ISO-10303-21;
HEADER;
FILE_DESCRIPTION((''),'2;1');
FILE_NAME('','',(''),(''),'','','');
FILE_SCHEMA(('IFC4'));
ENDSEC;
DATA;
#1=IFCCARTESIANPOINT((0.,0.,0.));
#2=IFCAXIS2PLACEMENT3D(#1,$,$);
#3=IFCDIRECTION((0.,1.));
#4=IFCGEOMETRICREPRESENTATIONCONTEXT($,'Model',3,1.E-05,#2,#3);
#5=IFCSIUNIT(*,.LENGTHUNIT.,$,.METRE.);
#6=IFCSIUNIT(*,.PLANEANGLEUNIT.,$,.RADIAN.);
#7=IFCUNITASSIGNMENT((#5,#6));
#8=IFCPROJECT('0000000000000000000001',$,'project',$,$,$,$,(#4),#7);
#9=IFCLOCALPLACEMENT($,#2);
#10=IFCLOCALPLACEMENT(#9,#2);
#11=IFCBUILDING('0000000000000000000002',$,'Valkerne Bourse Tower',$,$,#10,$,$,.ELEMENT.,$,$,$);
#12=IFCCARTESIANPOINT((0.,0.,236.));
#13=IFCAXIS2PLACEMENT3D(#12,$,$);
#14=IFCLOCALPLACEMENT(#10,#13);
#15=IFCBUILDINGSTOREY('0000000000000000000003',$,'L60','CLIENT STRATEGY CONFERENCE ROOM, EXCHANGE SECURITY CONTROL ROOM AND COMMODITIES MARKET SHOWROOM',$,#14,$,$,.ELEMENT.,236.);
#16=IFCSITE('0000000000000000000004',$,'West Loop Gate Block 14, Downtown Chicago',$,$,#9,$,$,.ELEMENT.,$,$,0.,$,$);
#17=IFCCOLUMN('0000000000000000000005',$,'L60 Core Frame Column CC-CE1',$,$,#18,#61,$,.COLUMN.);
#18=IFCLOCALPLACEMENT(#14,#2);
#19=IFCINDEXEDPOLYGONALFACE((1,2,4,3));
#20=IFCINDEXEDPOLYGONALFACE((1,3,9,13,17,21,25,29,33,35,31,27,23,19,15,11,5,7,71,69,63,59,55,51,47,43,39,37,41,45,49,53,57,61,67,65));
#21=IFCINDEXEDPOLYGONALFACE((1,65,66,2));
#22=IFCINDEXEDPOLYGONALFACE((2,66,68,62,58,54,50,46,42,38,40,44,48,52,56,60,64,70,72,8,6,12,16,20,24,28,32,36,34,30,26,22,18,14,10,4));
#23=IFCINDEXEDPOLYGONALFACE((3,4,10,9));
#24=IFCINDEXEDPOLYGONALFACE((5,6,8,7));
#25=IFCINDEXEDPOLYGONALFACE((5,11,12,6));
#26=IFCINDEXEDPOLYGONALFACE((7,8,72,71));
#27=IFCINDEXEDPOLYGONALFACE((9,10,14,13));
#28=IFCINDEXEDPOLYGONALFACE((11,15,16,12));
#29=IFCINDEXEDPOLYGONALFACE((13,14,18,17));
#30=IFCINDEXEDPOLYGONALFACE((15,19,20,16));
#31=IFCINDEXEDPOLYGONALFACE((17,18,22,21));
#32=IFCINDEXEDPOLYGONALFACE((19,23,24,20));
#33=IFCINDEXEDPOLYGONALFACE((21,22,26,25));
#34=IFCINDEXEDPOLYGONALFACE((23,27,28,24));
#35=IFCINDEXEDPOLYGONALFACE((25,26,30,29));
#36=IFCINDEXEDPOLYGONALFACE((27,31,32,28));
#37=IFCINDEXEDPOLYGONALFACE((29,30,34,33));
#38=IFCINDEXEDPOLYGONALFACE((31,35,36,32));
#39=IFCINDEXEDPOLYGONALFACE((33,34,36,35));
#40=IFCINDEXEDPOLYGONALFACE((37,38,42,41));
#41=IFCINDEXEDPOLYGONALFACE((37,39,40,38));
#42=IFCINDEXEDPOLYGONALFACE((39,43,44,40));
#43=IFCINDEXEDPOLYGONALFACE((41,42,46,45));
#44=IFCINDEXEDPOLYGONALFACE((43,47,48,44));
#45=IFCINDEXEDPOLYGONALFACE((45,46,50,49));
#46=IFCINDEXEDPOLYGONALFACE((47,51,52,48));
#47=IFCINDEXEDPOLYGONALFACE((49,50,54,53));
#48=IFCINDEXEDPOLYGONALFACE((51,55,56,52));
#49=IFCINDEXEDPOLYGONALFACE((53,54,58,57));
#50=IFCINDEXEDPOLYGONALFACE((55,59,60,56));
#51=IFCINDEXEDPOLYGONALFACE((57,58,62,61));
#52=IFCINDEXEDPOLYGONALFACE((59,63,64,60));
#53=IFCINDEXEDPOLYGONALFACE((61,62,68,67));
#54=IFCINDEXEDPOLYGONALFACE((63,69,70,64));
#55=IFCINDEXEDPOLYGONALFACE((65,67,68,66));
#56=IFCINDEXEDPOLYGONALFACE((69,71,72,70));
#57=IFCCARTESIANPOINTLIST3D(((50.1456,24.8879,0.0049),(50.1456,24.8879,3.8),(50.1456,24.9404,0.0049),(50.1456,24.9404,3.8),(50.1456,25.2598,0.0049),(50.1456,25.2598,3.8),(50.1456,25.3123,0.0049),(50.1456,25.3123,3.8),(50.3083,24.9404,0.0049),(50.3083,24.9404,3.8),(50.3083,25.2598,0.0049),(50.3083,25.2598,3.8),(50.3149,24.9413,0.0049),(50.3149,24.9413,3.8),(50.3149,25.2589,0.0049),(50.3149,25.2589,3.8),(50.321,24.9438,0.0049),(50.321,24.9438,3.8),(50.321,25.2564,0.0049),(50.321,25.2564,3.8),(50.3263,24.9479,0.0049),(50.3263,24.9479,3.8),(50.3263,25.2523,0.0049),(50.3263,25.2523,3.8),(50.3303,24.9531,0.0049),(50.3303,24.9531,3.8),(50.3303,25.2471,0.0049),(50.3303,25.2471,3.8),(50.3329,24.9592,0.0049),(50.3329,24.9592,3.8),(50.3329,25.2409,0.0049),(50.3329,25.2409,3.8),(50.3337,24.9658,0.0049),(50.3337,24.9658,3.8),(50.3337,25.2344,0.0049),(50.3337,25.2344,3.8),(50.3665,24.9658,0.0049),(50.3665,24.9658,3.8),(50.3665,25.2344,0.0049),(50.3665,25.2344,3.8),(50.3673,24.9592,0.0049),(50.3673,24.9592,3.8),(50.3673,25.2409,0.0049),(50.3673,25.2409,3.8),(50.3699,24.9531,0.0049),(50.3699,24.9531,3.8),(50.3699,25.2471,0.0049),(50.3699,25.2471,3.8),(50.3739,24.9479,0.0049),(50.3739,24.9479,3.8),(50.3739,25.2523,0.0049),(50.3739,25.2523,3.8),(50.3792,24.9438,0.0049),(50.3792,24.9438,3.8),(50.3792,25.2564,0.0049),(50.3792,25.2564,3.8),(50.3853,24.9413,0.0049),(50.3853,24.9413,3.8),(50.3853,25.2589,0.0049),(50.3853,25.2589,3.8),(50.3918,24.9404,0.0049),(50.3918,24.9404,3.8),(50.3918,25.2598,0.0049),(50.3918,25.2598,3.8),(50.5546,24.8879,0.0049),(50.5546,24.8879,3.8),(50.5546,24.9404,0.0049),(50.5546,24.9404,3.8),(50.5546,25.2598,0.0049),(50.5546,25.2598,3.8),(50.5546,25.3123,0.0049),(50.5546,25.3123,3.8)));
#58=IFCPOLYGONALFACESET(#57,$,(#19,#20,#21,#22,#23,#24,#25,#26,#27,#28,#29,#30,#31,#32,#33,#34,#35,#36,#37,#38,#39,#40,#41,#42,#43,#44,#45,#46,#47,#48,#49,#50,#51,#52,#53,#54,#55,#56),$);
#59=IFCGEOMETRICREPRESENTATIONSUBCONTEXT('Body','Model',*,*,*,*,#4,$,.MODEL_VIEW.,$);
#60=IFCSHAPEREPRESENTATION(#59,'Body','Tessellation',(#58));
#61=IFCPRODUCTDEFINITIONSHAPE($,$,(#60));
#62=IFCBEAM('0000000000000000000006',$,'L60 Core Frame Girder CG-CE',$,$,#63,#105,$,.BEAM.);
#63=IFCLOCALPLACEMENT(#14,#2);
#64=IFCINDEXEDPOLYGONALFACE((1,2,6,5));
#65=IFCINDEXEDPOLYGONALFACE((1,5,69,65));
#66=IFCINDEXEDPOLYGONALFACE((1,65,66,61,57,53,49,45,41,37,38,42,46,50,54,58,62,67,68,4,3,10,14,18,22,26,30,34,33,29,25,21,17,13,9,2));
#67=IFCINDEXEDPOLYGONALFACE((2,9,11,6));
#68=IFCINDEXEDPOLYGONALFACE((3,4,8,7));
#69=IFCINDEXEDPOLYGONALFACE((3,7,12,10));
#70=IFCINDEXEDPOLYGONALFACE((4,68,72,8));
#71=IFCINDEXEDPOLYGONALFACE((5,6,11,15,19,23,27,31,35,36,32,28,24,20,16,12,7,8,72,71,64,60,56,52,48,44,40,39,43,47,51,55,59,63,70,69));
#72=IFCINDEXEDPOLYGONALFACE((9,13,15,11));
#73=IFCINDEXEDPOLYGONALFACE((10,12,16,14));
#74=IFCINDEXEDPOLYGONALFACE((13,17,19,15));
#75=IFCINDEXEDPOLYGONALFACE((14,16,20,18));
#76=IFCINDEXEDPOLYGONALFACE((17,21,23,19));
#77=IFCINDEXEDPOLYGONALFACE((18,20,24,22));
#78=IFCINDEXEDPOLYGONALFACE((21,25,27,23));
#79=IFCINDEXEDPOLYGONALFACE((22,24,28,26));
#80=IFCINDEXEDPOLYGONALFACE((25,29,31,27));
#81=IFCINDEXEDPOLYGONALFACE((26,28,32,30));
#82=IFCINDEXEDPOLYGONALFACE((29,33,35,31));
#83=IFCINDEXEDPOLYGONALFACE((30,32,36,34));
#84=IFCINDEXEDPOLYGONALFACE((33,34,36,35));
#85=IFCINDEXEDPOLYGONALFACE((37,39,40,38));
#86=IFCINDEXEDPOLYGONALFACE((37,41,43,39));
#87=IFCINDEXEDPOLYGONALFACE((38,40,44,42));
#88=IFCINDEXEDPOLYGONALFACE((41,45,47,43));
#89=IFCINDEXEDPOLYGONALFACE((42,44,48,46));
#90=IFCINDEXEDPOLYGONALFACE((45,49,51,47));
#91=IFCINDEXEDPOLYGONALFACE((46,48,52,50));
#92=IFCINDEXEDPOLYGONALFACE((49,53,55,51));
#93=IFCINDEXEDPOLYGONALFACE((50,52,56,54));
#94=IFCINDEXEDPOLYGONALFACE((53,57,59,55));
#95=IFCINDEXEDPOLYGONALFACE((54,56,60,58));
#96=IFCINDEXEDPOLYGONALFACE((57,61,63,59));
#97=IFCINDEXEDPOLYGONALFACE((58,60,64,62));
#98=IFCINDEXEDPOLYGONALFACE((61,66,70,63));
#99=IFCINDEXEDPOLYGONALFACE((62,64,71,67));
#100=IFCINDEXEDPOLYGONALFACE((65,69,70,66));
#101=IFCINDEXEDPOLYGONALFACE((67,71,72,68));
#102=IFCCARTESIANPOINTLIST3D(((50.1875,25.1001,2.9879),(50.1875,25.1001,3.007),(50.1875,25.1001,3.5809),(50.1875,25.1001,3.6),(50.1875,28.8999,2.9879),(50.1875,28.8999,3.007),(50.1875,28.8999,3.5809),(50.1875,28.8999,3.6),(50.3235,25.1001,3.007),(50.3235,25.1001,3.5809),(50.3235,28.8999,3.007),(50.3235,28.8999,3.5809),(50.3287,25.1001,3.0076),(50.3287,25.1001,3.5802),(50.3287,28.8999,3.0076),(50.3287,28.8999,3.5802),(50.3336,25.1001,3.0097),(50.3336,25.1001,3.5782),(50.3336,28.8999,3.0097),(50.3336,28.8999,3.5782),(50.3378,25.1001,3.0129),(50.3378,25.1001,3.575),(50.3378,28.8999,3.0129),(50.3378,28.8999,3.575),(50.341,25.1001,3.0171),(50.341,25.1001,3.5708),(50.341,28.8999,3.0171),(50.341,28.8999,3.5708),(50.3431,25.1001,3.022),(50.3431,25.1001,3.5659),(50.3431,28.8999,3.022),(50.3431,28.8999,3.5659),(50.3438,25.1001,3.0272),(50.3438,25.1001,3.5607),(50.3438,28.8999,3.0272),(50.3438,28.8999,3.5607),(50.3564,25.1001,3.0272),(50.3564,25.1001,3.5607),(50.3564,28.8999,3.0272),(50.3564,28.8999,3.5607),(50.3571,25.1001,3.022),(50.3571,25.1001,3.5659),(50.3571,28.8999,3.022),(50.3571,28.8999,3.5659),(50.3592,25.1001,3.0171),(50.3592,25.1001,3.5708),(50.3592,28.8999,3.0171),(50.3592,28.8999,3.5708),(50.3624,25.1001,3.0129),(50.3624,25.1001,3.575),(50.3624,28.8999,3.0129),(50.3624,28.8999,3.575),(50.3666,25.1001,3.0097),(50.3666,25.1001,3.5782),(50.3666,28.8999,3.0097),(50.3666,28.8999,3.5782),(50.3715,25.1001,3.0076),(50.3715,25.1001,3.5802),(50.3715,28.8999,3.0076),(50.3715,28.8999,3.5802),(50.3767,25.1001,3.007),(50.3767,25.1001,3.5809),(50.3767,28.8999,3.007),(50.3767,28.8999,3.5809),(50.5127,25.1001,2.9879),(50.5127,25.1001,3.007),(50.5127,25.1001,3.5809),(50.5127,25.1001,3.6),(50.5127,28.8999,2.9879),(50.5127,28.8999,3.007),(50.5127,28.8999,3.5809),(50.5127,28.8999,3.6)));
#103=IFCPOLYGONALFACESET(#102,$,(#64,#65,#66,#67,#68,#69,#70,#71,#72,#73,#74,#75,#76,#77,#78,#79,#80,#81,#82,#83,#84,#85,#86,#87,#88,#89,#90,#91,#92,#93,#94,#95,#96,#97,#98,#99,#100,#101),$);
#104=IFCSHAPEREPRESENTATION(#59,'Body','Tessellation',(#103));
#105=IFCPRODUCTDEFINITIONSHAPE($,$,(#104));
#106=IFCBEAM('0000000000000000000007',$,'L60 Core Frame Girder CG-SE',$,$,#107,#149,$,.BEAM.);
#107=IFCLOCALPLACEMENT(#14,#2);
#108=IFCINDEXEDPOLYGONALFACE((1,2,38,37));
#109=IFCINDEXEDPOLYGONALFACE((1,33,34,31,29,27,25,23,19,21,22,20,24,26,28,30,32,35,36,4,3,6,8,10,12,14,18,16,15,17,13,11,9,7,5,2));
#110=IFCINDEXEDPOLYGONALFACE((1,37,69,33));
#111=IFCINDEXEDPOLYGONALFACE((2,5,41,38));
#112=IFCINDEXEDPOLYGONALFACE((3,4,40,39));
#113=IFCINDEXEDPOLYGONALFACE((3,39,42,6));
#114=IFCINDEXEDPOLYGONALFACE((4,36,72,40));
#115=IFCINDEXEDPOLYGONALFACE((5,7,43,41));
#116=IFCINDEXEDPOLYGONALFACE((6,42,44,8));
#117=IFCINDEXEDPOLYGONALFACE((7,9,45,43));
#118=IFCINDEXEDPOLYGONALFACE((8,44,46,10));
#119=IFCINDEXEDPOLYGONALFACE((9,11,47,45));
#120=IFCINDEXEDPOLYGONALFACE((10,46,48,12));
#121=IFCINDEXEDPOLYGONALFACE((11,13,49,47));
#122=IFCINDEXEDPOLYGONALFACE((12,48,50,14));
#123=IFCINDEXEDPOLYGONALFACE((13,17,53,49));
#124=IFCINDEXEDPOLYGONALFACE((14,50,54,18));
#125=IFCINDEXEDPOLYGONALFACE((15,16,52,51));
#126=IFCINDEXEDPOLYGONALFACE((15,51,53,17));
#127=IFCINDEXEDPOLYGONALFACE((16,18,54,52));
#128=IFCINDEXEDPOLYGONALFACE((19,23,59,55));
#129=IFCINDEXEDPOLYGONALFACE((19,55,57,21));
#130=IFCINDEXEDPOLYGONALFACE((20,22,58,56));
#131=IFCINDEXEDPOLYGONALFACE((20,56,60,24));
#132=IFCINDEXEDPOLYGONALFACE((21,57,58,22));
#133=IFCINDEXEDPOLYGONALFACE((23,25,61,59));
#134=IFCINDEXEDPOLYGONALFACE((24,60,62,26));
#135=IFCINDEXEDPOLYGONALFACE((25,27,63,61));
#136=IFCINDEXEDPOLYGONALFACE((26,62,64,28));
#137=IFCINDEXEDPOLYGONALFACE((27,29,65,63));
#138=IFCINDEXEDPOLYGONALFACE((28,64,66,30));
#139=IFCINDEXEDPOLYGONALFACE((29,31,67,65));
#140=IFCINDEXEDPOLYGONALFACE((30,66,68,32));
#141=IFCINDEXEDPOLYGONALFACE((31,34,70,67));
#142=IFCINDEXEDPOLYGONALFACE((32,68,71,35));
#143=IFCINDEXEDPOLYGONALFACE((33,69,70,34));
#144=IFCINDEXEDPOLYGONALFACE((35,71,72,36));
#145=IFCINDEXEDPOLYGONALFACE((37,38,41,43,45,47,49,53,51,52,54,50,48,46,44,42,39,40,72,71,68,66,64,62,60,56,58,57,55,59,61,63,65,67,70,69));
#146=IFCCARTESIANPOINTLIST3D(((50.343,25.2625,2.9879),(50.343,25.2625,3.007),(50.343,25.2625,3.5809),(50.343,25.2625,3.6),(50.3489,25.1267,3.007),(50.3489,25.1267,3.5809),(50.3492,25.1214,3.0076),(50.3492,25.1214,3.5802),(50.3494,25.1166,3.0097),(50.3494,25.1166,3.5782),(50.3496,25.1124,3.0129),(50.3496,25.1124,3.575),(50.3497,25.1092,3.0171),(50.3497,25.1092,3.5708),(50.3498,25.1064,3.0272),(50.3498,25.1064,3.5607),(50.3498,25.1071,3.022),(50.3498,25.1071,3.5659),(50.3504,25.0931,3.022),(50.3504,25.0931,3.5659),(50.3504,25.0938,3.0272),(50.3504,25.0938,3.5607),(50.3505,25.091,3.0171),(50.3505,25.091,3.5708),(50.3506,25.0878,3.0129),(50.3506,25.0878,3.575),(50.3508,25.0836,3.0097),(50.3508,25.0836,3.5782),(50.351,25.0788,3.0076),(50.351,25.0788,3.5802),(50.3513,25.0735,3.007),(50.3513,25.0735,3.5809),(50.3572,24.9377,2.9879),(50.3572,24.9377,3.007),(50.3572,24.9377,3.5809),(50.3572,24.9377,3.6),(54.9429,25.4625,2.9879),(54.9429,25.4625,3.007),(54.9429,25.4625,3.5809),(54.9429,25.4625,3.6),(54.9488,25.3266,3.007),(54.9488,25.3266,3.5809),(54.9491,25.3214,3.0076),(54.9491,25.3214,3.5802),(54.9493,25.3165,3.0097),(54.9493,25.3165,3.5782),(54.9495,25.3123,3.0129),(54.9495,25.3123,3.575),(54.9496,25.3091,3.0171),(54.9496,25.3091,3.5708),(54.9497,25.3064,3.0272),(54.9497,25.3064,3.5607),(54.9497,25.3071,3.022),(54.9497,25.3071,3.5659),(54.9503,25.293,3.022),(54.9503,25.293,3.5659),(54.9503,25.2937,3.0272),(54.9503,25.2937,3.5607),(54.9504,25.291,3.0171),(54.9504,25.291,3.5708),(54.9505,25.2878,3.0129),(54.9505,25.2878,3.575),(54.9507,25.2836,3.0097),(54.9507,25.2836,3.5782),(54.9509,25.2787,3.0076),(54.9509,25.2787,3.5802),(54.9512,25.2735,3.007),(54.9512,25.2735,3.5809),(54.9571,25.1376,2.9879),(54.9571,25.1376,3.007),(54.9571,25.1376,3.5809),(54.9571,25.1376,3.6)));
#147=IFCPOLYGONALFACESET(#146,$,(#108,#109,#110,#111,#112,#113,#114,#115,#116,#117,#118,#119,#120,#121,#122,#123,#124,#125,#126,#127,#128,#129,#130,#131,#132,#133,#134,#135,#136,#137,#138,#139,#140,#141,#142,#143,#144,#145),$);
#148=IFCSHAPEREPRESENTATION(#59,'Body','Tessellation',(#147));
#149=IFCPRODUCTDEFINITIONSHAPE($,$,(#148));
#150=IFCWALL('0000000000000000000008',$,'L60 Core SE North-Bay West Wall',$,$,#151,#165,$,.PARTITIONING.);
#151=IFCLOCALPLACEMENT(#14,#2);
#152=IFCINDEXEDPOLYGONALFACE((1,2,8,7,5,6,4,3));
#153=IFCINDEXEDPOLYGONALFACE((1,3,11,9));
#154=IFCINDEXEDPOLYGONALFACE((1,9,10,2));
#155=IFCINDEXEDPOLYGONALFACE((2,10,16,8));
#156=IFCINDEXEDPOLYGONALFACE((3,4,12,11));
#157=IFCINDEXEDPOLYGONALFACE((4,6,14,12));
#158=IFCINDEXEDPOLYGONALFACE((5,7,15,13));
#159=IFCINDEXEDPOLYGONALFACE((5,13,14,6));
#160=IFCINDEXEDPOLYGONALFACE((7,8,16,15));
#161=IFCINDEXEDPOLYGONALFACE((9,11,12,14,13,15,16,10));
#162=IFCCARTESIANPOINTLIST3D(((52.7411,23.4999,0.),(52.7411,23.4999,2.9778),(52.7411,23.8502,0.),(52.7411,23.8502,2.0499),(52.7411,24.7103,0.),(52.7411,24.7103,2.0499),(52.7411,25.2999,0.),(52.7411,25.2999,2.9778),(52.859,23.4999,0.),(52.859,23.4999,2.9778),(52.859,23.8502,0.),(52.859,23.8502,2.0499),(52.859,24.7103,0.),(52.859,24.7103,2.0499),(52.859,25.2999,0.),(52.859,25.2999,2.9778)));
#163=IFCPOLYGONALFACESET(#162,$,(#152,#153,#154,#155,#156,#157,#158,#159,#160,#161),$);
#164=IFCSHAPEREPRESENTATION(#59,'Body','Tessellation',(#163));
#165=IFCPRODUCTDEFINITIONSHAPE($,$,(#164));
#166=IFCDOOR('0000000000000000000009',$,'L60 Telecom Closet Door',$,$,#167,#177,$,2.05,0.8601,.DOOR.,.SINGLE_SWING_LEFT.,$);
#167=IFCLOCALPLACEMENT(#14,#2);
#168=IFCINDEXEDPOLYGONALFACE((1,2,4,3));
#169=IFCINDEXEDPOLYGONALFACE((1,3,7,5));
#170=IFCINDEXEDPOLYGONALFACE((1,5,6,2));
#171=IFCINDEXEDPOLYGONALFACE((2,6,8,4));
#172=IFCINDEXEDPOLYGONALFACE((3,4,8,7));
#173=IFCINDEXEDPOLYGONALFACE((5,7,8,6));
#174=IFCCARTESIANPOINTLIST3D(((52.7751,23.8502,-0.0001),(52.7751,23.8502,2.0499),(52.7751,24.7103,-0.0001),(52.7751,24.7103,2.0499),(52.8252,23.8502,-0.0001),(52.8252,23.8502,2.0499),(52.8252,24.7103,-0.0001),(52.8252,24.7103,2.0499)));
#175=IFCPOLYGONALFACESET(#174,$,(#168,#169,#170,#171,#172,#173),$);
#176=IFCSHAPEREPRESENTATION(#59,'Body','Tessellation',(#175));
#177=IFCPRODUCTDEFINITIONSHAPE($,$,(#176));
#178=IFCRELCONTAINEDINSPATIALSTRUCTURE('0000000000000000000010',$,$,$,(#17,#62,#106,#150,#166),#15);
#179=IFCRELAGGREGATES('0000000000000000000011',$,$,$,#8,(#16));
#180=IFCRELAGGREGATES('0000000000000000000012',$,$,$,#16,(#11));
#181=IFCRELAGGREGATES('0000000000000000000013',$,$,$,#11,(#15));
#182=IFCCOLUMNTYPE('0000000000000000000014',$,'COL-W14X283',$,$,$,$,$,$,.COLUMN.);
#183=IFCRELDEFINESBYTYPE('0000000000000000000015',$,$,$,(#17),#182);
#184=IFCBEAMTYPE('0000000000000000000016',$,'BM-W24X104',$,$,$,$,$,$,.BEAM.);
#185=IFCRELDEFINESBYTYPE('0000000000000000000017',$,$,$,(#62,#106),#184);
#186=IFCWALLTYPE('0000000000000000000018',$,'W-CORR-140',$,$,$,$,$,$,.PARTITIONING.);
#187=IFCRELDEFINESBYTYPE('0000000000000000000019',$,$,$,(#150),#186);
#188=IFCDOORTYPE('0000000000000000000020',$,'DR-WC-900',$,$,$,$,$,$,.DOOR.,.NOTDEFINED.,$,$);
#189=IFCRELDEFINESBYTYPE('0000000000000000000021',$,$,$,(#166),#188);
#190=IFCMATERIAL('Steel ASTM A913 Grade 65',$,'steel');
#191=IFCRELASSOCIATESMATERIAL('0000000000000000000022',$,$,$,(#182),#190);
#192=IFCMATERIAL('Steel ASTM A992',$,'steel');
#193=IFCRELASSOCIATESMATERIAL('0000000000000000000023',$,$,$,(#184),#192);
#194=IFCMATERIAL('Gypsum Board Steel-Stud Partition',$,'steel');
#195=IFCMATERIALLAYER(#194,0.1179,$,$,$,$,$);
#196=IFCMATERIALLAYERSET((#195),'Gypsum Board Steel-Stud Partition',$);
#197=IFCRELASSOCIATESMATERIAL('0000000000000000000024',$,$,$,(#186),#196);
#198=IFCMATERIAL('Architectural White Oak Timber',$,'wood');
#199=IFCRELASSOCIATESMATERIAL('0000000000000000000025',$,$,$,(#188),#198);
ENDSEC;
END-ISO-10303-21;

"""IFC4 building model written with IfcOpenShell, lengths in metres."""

from ifc_helpers import new_model, si_unit, direction, frame, frame_2d, origin, origin_2d, place, context, subcontext, project, spatial, rectangle, i_section, extrude, material, layer, layer_set, material_profile, profile_set, type_object, element, fill, save


model = new_model("IFC4")

# Units and contexts
model_context = context("Model", 3, precision=1e-05, world=origin(), true_north=direction((0.0, 1.0)))
body_context = subcontext(model_context, "Body", "Model", "MODEL_VIEW")
ifc_project = project(units=[si_unit("LENGTHUNIT", "METRE"), si_unit("PLANEANGLEUNIT", "RADIAN")], contexts=[model_context])

# Site, building, storey
site_placement = place(None, origin())
site = spatial("IfcSite", under=ifc_project, at=site_placement, Name="West Loop Gate Block 14, Downtown Chicago", CompositionType="ELEMENT", RefElevation=0.0)
building_placement = place(site_placement, origin())
building = spatial("IfcBuilding", under=site, at=building_placement, Name="Valkerne Bourse Tower", CompositionType="ELEMENT")
storey_placement = place(building_placement, frame((0.0, 0.0, 236.0)))
storey = spatial("IfcBuildingStorey", under=building, at=storey_placement, Name="L60", Description="CLIENT STRATEGY CONFERENCE ROOM, EXCHANGE SECURITY CONTROL ROOM AND COMMODITIES MARKET SHOWROOM", CompositionType="ELEMENT", Elevation=236.0)

# Column
ifc_material_1 = material(Name="Steel ASTM A913 Grade 65", Category="steel")
ifc_material_profile_1 = material_profile(ifc_material_1, i_section(OverallWidth=0.4089, OverallDepth=0.4243, WebThickness=0.0327, FlangeThickness=0.0525, FilletRadius=0.0254, at=origin_2d()), Name="W14X283")
ifc_profile_set_1 = profile_set([ifc_material_profile_1], Name="Steel ASTM A913 Grade 65")
column_type = type_object("IfcColumnType", Name="COL-W14X283", PredefinedType="COLUMN", material=ifc_profile_set_1)
column_placement = place(storey_placement, frame((50.3501, 25.1001, 0.0049), z_axis=(0.0, 0.0, 1.0), x_axis=(1.0, 0.0, 0.0)))
element("IfcColumn", 1, at=column_placement, inside=storey, type_object=column_type, Name="L60 Core Frame Column CC-CE1", PredefinedType="COLUMN", context=body_context, shape_type="SweptSolid", body=[
    extrude(i_section(OverallWidth=0.4089, OverallDepth=0.4243, WebThickness=0.0327, FlangeThickness=0.0525, FilletRadius=0.0254, at=origin_2d()), origin(), (0.0, 0.0, 1.0), 3.7952),
])

# Beams
ifc_material_2 = material(Name="Steel ASTM A992", Category="steel")
ifc_material_profile_2 = material_profile(ifc_material_2, i_section(OverallWidth=0.3252, OverallDepth=0.6121, WebThickness=0.0127, FlangeThickness=0.019, FilletRadius=0.0203, at=origin_2d()), Name="W24X104")
ifc_profile_set_2 = profile_set([ifc_material_profile_2], Name="Steel ASTM A992")
beam_type = type_object("IfcBeamType", Name="BM-W24X104", PredefinedType="BEAM", material=ifc_profile_set_2)
beam_1_placement = place(storey_placement, frame((50.3501, 25.1001, 3.2939), z_axis=(0.0, 1.0, 0.0), x_axis=(-1.0, 0.0, 0.0)))
element("IfcBeam", 2, at=beam_1_placement, inside=storey, type_object=beam_type, Name="L60 Core Frame Girder CG-CE", PredefinedType="BEAM", context=body_context, shape_type="SweptSolid", body=[
    extrude(i_section(OverallWidth=0.3252, OverallDepth=0.6121, WebThickness=0.0127, FlangeThickness=0.019, FilletRadius=0.0203, at=origin_2d()), origin(), (0.0, 0.0, 1.0), 3.7998),
])
beam_2_placement = place(storey_placement, frame((50.3501, 25.1001, 3.2939), z_axis=(0.999057, 0.043428, 0.0), x_axis=(-0.043428, 0.999057, 0.0)))
element("IfcBeam", 3, at=beam_2_placement, inside=storey, type_object=beam_type, Name="L60 Core Frame Girder CG-SE", PredefinedType="BEAM", context=body_context, shape_type="SweptSolid", body=[
    extrude(i_section(OverallWidth=0.3252, OverallDepth=0.6121, WebThickness=0.0127, FlangeThickness=0.019, FilletRadius=0.0203, at=origin_2d()), origin(), (0.0, 0.0, 1.0), 4.6042),
])

# Wall, opening, door
ifc_material_3 = material(Name="Gypsum Board Steel-Stud Partition", Category="steel")
ifc_layer_1 = layer(ifc_material_3, 0.1179)
ifc_layer_set_1 = layer_set([ifc_layer_1], Name="Gypsum Board Steel-Stud Partition")
wall_type_1 = type_object("IfcWallType", Name="W-CORR-140", PredefinedType="PARTITIONING", material=ifc_layer_set_1)
wall_1_placement = place(storey_placement, frame((52.8, 23.5, 0.0), z_axis=(0.0, 0.0, 1.0), x_axis=(0.0, 1.0, 0.0)))
wall_1 = element("IfcWall", 4, at=wall_1_placement, inside=storey, type_object=wall_type_1, Name="L60 Core SE North-Bay West Wall", PredefinedType="PARTITIONING", context=body_context, shape_type="SweptSolid", body=[
    extrude(rectangle(XDim=1.8, YDim=0.1179, at=frame_2d((0.8999, 0.0))), origin(), (0.0, 0.0, 1.0), 2.9778),
])
opening_1_placement = place(wall_1_placement, frame((0.3501, 0.0, 0.0)))
opening_1 = element("IfcOpeningElement", 5, at=opening_1_placement, cuts=wall_1, PredefinedType="OPENING", context=body_context, shape_type="SweptSolid", body=[
    extrude(rectangle(XDim=0.8601, YDim=2.05, at=frame_2d((0.4302, 1.0249))), frame((0.0, 0.0688, 0.0), z_axis=(0.0, -1.0, 0.0), x_axis=(1.0, 0.0, 0.0)), (0.0, 0.0, 1.0), 0.1379),
])
ifc_material_4 = material(Name="Architectural White Oak Timber", Category="wood")
door_type_1 = type_object("IfcDoorType", Name="DR-WC-900", OperationType="NOTDEFINED", PredefinedType="DOOR", material=ifc_material_4)
door_1_placement = place(opening_1_placement, origin())
door_1 = element("IfcDoor", 6, at=door_1_placement, inside=storey, type_object=door_type_1, Name="L60 Telecom Closet Door", OperationType="SINGLE_SWING_LEFT", OverallHeight=2.05, OverallWidth=0.8601, PredefinedType="DOOR", context=body_context, shape_type="SweptSolid", body=[
    extrude(rectangle(XDim=0.8601, YDim=2.05, at=frame_2d((0.4302, 1.0249))), frame((0.0, 0.0249, 0.0), z_axis=(0.0, -1.0, 0.0), x_axis=(1.0, 0.0, 0.0)), (0.0, 0.0, 1.0), 0.05),
])
fill(opening_1, door_1)

save(model, "model.ifc")
